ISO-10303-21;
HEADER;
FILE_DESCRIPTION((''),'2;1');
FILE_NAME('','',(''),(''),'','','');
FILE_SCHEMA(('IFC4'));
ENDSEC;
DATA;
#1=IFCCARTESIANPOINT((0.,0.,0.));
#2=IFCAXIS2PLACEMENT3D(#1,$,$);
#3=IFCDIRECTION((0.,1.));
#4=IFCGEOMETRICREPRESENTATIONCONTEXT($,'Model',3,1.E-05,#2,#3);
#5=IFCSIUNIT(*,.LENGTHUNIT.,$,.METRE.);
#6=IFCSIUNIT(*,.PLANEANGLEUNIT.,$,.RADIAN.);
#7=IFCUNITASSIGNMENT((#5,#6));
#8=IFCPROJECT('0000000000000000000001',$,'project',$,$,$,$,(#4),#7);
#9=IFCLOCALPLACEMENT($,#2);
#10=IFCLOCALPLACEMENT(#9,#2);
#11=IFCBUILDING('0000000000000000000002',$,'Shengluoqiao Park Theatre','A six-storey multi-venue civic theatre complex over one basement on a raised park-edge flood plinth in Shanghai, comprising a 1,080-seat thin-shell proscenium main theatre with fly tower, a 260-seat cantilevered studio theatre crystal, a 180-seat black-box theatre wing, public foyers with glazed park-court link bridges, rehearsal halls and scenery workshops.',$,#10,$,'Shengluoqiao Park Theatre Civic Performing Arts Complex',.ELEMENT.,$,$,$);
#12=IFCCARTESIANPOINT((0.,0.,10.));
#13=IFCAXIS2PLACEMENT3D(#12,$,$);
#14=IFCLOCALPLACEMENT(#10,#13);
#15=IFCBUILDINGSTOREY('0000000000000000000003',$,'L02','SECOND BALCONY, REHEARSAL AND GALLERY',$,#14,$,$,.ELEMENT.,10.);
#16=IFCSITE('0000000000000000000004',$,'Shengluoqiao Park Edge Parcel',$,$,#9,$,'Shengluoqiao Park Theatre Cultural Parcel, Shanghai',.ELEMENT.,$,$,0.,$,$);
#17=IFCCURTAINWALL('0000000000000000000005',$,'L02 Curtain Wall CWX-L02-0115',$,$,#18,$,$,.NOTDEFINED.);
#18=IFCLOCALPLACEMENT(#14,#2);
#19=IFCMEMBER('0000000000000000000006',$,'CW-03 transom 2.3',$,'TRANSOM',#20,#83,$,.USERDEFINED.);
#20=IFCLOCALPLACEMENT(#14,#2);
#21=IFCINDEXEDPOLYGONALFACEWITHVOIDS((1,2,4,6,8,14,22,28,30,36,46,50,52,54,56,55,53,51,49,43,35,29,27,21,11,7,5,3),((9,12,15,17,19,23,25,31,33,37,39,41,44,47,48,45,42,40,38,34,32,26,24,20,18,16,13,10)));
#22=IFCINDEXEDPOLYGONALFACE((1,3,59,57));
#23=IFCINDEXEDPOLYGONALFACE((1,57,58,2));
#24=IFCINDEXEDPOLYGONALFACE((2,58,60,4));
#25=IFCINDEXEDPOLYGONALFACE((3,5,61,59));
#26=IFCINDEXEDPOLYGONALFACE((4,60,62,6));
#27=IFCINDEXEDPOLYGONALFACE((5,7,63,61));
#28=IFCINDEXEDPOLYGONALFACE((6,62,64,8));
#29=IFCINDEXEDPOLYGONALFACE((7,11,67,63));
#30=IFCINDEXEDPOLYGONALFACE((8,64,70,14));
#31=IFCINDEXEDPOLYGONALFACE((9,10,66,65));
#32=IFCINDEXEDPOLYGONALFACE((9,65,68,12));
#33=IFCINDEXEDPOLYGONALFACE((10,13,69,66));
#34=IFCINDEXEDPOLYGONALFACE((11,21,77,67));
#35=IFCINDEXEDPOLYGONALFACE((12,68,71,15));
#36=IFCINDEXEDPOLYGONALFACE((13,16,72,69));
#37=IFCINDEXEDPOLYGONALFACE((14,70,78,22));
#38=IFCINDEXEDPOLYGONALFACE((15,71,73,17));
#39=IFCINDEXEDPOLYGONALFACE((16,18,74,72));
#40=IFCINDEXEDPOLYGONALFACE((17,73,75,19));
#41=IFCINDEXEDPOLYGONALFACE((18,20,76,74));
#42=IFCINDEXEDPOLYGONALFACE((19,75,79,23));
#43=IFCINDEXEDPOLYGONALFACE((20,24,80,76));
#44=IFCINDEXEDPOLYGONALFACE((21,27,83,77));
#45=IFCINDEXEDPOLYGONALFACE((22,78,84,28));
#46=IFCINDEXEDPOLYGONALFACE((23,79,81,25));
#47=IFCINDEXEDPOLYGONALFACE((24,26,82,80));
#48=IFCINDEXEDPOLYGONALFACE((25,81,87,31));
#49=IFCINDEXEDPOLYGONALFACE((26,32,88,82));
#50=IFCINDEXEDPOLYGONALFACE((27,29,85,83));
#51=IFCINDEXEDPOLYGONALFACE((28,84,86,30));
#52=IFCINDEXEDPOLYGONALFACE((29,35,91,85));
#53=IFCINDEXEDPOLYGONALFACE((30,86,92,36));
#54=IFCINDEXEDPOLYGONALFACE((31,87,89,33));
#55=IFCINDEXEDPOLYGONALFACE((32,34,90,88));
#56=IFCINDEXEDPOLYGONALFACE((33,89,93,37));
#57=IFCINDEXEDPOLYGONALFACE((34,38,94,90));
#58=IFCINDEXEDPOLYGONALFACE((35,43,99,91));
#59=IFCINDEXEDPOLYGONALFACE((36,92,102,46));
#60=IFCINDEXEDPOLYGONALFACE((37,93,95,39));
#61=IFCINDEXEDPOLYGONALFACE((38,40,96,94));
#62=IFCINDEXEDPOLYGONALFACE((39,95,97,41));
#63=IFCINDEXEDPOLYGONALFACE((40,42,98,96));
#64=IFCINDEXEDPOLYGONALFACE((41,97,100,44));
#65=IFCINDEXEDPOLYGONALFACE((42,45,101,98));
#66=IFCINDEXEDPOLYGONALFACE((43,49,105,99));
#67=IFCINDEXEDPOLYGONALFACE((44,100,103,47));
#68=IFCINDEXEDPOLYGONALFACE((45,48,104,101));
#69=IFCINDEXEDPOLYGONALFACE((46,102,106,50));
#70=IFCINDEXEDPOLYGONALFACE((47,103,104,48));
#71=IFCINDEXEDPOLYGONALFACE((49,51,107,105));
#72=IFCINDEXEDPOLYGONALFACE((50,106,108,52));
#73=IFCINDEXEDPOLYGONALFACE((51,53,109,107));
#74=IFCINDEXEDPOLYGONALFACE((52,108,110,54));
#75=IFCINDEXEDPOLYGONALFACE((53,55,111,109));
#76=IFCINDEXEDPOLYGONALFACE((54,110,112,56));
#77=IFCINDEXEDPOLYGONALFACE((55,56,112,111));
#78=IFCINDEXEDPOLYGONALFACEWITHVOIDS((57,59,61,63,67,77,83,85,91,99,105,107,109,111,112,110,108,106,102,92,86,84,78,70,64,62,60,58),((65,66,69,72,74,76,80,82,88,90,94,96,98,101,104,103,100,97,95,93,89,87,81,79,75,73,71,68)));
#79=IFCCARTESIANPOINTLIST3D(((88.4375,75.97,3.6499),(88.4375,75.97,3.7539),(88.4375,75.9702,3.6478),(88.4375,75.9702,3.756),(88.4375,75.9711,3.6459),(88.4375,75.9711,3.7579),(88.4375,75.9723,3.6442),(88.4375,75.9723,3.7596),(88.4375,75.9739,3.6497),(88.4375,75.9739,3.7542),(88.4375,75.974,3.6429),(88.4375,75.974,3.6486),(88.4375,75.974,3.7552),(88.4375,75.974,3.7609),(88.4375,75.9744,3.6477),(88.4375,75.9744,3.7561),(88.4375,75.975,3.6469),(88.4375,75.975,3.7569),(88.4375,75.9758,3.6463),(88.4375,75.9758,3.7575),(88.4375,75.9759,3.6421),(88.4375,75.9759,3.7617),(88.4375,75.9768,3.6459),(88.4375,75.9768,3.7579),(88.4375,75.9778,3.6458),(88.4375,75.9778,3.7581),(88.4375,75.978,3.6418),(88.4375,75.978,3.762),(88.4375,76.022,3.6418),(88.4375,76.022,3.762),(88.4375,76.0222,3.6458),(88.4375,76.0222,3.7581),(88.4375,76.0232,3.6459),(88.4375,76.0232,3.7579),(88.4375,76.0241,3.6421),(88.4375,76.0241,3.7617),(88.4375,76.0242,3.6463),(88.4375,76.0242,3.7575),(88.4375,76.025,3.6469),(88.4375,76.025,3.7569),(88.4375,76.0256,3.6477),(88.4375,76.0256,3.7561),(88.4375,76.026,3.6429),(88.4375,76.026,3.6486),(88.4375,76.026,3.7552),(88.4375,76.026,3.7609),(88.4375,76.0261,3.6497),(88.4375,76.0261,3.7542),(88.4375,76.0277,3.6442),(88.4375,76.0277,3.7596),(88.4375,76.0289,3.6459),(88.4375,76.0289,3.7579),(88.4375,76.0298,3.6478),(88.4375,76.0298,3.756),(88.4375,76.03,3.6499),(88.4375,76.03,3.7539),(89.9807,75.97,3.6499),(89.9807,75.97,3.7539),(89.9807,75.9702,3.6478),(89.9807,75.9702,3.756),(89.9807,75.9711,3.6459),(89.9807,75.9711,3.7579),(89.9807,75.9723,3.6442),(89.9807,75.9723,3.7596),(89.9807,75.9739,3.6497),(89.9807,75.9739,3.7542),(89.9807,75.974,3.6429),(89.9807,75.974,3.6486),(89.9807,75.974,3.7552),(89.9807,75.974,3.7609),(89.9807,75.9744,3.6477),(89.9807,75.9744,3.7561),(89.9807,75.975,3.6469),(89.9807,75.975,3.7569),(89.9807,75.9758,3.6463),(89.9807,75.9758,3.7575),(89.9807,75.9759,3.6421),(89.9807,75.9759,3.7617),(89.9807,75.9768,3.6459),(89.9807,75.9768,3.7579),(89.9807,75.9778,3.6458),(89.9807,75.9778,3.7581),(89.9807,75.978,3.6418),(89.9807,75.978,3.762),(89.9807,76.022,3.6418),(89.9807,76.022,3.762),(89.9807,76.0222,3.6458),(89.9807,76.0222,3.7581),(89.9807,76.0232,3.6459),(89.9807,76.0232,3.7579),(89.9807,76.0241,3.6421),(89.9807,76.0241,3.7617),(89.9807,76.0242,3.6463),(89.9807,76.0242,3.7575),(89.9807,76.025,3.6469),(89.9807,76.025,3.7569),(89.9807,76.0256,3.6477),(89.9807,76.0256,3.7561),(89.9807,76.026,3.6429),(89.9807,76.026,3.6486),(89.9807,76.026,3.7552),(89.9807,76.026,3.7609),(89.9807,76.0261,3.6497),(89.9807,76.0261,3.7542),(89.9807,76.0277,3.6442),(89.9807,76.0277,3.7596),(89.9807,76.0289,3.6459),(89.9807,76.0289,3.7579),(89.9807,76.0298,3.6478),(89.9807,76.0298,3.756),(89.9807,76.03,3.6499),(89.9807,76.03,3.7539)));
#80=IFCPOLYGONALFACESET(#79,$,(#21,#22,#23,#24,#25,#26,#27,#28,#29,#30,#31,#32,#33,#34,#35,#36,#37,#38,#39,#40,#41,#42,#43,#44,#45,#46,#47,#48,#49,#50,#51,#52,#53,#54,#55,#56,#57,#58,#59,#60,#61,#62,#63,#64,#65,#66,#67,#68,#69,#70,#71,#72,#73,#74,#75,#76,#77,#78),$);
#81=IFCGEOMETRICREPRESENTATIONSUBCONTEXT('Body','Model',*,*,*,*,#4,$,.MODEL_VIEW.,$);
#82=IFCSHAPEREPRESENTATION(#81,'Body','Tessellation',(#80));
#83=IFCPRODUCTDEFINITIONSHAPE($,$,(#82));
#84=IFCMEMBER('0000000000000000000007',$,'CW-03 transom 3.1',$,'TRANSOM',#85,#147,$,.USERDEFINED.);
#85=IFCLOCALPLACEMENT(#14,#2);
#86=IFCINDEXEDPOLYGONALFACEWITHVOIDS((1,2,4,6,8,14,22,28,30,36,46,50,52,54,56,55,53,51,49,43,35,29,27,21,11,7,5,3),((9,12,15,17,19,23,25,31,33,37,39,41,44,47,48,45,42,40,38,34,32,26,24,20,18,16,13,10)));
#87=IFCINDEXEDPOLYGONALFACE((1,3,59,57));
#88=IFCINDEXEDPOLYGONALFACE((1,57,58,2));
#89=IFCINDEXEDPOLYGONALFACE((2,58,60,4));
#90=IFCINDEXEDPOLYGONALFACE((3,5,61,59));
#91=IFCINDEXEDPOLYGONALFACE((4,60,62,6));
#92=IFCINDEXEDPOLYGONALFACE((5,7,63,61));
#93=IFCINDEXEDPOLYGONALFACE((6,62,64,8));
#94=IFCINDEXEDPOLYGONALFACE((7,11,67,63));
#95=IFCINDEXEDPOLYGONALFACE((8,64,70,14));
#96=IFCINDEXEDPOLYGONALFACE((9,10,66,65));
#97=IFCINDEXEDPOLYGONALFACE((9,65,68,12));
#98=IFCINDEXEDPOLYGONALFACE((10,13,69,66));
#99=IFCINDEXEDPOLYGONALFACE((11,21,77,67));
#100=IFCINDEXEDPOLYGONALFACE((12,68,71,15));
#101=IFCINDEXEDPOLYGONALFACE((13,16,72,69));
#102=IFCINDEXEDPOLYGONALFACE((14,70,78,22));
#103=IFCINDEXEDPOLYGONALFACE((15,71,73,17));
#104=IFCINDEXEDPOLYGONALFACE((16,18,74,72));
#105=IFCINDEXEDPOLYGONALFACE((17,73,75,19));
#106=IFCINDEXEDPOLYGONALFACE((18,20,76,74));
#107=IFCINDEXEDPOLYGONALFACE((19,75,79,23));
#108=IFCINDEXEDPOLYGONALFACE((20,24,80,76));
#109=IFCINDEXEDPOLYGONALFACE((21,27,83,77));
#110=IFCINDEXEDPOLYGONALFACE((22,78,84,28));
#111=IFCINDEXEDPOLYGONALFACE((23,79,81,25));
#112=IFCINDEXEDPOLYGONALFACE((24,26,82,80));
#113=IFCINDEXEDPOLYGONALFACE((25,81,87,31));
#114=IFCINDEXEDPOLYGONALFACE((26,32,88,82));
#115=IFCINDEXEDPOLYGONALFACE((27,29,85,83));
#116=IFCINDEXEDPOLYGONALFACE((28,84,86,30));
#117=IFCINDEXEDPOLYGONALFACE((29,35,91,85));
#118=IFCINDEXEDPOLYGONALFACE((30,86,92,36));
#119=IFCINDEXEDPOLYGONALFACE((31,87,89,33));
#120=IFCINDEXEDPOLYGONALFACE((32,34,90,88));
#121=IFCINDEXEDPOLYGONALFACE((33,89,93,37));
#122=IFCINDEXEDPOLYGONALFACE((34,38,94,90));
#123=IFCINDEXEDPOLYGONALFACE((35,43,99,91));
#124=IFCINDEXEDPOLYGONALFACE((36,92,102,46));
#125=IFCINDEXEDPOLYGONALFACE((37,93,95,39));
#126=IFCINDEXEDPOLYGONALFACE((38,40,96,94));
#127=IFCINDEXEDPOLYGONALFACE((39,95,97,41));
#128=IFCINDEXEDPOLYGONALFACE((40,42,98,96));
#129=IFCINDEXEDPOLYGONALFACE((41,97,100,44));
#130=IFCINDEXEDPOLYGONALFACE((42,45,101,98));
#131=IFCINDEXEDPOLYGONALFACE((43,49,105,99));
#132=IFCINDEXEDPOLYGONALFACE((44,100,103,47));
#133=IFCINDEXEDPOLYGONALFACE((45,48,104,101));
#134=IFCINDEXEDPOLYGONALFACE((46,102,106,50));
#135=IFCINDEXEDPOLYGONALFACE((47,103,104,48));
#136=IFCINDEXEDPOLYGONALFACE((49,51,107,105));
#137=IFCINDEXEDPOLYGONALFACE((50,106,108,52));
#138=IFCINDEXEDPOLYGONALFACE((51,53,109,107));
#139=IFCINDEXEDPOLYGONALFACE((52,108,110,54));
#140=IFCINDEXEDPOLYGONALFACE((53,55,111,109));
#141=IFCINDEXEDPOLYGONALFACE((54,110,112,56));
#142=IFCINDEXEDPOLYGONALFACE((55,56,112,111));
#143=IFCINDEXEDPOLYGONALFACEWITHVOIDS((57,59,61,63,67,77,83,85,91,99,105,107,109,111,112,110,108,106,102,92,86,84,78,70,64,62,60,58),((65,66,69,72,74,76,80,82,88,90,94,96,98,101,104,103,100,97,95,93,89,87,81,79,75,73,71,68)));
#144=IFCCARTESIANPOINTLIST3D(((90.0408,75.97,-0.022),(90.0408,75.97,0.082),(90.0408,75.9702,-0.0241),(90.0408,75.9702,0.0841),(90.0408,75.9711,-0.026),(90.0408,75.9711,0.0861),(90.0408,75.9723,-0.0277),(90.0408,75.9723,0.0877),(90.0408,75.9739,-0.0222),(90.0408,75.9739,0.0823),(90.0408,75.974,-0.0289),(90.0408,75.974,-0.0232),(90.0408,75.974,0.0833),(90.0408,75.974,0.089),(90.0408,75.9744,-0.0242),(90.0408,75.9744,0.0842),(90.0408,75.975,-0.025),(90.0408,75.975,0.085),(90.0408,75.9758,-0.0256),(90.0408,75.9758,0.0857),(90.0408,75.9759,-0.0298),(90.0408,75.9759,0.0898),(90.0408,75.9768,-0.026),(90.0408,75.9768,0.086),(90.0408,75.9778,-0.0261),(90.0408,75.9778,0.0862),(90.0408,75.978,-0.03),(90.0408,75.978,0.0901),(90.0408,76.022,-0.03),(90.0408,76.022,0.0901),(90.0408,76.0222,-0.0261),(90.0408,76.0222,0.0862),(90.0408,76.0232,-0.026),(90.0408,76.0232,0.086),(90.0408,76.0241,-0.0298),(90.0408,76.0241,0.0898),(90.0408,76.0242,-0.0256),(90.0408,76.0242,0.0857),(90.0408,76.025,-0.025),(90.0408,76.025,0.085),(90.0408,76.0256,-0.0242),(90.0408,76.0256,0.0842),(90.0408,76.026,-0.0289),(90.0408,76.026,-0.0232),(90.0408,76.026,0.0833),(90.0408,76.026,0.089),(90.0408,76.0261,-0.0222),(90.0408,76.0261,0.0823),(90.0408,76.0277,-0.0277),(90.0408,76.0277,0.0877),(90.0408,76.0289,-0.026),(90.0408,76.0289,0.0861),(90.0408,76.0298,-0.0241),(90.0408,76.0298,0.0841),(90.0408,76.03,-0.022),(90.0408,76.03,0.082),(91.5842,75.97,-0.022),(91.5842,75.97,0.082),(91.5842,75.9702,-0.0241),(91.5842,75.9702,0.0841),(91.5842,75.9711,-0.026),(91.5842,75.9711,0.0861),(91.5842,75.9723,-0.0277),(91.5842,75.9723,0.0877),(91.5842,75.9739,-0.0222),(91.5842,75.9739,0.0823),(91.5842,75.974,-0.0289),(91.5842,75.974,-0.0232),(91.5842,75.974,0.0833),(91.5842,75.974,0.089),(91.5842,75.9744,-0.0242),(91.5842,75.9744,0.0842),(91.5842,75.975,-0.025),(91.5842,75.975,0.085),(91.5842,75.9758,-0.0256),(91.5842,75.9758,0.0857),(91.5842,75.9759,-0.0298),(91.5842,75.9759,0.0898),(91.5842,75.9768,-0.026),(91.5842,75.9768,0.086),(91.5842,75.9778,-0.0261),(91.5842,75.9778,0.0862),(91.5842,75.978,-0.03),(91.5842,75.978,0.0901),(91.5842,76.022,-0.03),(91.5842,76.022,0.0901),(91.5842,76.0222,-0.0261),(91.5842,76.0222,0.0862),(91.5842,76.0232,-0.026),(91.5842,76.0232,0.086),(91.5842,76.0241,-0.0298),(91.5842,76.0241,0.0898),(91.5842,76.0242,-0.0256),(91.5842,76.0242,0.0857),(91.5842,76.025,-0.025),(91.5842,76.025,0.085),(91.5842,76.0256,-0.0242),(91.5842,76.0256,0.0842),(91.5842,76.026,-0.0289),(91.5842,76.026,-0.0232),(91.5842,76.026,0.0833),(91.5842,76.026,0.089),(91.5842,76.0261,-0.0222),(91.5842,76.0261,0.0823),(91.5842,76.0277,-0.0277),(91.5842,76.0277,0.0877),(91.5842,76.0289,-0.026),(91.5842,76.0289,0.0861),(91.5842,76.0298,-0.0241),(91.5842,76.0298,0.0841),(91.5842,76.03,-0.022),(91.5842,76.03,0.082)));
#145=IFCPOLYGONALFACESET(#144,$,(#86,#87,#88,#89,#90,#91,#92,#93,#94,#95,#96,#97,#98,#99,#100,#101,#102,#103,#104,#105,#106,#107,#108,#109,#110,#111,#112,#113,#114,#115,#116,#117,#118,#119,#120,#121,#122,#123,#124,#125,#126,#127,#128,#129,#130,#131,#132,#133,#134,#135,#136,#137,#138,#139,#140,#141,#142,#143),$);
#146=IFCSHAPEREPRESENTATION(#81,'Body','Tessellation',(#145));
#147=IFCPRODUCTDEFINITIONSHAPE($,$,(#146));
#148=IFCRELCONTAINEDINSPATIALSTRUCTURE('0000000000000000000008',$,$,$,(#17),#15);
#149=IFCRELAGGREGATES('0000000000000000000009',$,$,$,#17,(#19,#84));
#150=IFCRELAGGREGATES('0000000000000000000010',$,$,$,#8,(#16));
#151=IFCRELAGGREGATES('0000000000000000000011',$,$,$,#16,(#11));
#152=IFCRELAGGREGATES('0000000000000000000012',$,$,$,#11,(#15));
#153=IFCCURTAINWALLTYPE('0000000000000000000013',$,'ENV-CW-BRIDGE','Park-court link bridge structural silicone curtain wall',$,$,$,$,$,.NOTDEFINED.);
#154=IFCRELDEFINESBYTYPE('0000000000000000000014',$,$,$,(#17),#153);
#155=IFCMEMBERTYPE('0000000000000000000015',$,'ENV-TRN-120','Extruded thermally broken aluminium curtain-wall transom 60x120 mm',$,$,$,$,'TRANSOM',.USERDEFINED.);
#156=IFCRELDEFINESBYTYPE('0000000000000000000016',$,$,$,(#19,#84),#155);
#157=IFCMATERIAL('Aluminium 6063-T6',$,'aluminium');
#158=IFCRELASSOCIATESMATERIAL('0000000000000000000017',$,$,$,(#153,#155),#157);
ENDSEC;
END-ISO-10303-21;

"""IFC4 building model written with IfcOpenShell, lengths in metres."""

from ifc_helpers import new_model, si_unit, direction, frame, origin, origin_2d, place, context, subcontext, project, spatial, hollow_rectangle, extrude, material, material_profile, profile_set, type_object, element, aggregate, save


model = new_model("IFC4")

# Units and contexts
model_context = context("Model", 3, precision=1e-05, world=origin(), true_north=direction((0.0, 1.0)))
body_context = subcontext(model_context, "Body", "Model", "MODEL_VIEW")
ifc_project = project(units=[si_unit("LENGTHUNIT", "METRE"), si_unit("PLANEANGLEUNIT", "RADIAN")], contexts=[model_context])

# Site, building, storey
site_placement = place(None, origin())
site = spatial("IfcSite", under=ifc_project, at=site_placement, Name="Shengluoqiao Park Edge Parcel", LongName="Shengluoqiao Park Theatre Cultural Parcel, Shanghai", CompositionType="ELEMENT", RefElevation=0.0)
building_placement = place(site_placement, origin())
building = spatial("IfcBuilding", under=site, at=building_placement, Name="Shengluoqiao Park Theatre", Description="A six-storey multi-venue civic theatre complex over one basement on a raised park-edge flood plinth in Shanghai, comprising a 1,080-seat thin-shell proscenium main theatre with fly tower, a 260-seat cantilevered studio theatre crystal, a 180-seat black-box theatre wing, public foyers with glazed park-court link bridges, rehearsal halls and scenery workshops.", LongName="Shengluoqiao Park Theatre Civic Performing Arts Complex", CompositionType="ELEMENT")
storey_placement = place(building_placement, frame((0.0, 0.0, 10.0)))
storey = spatial("IfcBuildingStorey", under=building, at=storey_placement, Name="L02", Description="SECOND BALCONY, REHEARSAL AND GALLERY", CompositionType="ELEMENT", Elevation=10.0)

# Curtain wall, members
ifc_material_1 = material(Name="Aluminium 6063-T6", Category="aluminium")
curtain_wall_type = type_object("IfcCurtainWallType", Name="ENV-CW-BRIDGE", Description="Park-court link bridge structural silicone curtain wall", PredefinedType="NOTDEFINED", material=ifc_material_1)
curtain_wall_placement = place(storey_placement, origin())
curtain_wall = element("IfcCurtainWall", 1, at=curtain_wall_placement, inside=storey, type_object=curtain_wall_type, Name="L02 Curtain Wall CWX-L02-0115", PredefinedType="NOTDEFINED")
ifc_material_profile_1 = material_profile(ifc_material_1, hollow_rectangle(XDim=0.0601, YDim=0.1201, WallThickness=0.0039, InnerFilletRadius=0.0039, OuterFilletRadius=0.0081, at=origin_2d()), Name="ALU TRANSOM 120x60x4")
ifc_profile_set_1 = profile_set([ifc_material_profile_1], Name="Aluminium 6063-T6")
member_type_1 = type_object("IfcMemberType", Name="ENV-TRN-120", Description="Extruded thermally broken aluminium curtain-wall transom 60x120 mm", ElementType="TRANSOM", PredefinedType="USERDEFINED", material=ifc_profile_set_1)
member_1_placement = place(storey_placement, frame((88.4375, 76.0, 3.7019), z_axis=(1.0, 0.0, 0.0), x_axis=(0.0, 1.0, 0.0)))
member_1 = element("IfcMember", 2, at=member_1_placement, type_object=member_type_1, Name="CW-03 transom 2.3", ObjectType="TRANSOM", PredefinedType="USERDEFINED", context=body_context, shape_type="SweptSolid", body=[
    extrude(hollow_rectangle(XDim=0.0601, YDim=0.1201, WallThickness=0.0039, InnerFilletRadius=0.0039, OuterFilletRadius=0.0081, at=origin_2d()), origin(), (0.0, 0.0, 1.0), 1.5432),
])
member_2_placement = place(storey_placement, frame((90.0408, 76.0, 0.03), z_axis=(1.0, 0.0, 0.0), x_axis=(0.0, 1.0, 0.0)))
member_2 = element("IfcMember", 3, at=member_2_placement, type_object=member_type_1, Name="CW-03 transom 3.1", ObjectType="TRANSOM", PredefinedType="USERDEFINED", context=body_context, shape_type="SweptSolid", body=[
    extrude(hollow_rectangle(XDim=0.0601, YDim=0.1201, WallThickness=0.0039, InnerFilletRadius=0.0039, OuterFilletRadius=0.0081, at=origin_2d()), origin(), (0.0, 0.0, 1.0), 1.5435),
])

aggregate(curtain_wall, [member_1, member_2])

save(model, "model.ifc")
